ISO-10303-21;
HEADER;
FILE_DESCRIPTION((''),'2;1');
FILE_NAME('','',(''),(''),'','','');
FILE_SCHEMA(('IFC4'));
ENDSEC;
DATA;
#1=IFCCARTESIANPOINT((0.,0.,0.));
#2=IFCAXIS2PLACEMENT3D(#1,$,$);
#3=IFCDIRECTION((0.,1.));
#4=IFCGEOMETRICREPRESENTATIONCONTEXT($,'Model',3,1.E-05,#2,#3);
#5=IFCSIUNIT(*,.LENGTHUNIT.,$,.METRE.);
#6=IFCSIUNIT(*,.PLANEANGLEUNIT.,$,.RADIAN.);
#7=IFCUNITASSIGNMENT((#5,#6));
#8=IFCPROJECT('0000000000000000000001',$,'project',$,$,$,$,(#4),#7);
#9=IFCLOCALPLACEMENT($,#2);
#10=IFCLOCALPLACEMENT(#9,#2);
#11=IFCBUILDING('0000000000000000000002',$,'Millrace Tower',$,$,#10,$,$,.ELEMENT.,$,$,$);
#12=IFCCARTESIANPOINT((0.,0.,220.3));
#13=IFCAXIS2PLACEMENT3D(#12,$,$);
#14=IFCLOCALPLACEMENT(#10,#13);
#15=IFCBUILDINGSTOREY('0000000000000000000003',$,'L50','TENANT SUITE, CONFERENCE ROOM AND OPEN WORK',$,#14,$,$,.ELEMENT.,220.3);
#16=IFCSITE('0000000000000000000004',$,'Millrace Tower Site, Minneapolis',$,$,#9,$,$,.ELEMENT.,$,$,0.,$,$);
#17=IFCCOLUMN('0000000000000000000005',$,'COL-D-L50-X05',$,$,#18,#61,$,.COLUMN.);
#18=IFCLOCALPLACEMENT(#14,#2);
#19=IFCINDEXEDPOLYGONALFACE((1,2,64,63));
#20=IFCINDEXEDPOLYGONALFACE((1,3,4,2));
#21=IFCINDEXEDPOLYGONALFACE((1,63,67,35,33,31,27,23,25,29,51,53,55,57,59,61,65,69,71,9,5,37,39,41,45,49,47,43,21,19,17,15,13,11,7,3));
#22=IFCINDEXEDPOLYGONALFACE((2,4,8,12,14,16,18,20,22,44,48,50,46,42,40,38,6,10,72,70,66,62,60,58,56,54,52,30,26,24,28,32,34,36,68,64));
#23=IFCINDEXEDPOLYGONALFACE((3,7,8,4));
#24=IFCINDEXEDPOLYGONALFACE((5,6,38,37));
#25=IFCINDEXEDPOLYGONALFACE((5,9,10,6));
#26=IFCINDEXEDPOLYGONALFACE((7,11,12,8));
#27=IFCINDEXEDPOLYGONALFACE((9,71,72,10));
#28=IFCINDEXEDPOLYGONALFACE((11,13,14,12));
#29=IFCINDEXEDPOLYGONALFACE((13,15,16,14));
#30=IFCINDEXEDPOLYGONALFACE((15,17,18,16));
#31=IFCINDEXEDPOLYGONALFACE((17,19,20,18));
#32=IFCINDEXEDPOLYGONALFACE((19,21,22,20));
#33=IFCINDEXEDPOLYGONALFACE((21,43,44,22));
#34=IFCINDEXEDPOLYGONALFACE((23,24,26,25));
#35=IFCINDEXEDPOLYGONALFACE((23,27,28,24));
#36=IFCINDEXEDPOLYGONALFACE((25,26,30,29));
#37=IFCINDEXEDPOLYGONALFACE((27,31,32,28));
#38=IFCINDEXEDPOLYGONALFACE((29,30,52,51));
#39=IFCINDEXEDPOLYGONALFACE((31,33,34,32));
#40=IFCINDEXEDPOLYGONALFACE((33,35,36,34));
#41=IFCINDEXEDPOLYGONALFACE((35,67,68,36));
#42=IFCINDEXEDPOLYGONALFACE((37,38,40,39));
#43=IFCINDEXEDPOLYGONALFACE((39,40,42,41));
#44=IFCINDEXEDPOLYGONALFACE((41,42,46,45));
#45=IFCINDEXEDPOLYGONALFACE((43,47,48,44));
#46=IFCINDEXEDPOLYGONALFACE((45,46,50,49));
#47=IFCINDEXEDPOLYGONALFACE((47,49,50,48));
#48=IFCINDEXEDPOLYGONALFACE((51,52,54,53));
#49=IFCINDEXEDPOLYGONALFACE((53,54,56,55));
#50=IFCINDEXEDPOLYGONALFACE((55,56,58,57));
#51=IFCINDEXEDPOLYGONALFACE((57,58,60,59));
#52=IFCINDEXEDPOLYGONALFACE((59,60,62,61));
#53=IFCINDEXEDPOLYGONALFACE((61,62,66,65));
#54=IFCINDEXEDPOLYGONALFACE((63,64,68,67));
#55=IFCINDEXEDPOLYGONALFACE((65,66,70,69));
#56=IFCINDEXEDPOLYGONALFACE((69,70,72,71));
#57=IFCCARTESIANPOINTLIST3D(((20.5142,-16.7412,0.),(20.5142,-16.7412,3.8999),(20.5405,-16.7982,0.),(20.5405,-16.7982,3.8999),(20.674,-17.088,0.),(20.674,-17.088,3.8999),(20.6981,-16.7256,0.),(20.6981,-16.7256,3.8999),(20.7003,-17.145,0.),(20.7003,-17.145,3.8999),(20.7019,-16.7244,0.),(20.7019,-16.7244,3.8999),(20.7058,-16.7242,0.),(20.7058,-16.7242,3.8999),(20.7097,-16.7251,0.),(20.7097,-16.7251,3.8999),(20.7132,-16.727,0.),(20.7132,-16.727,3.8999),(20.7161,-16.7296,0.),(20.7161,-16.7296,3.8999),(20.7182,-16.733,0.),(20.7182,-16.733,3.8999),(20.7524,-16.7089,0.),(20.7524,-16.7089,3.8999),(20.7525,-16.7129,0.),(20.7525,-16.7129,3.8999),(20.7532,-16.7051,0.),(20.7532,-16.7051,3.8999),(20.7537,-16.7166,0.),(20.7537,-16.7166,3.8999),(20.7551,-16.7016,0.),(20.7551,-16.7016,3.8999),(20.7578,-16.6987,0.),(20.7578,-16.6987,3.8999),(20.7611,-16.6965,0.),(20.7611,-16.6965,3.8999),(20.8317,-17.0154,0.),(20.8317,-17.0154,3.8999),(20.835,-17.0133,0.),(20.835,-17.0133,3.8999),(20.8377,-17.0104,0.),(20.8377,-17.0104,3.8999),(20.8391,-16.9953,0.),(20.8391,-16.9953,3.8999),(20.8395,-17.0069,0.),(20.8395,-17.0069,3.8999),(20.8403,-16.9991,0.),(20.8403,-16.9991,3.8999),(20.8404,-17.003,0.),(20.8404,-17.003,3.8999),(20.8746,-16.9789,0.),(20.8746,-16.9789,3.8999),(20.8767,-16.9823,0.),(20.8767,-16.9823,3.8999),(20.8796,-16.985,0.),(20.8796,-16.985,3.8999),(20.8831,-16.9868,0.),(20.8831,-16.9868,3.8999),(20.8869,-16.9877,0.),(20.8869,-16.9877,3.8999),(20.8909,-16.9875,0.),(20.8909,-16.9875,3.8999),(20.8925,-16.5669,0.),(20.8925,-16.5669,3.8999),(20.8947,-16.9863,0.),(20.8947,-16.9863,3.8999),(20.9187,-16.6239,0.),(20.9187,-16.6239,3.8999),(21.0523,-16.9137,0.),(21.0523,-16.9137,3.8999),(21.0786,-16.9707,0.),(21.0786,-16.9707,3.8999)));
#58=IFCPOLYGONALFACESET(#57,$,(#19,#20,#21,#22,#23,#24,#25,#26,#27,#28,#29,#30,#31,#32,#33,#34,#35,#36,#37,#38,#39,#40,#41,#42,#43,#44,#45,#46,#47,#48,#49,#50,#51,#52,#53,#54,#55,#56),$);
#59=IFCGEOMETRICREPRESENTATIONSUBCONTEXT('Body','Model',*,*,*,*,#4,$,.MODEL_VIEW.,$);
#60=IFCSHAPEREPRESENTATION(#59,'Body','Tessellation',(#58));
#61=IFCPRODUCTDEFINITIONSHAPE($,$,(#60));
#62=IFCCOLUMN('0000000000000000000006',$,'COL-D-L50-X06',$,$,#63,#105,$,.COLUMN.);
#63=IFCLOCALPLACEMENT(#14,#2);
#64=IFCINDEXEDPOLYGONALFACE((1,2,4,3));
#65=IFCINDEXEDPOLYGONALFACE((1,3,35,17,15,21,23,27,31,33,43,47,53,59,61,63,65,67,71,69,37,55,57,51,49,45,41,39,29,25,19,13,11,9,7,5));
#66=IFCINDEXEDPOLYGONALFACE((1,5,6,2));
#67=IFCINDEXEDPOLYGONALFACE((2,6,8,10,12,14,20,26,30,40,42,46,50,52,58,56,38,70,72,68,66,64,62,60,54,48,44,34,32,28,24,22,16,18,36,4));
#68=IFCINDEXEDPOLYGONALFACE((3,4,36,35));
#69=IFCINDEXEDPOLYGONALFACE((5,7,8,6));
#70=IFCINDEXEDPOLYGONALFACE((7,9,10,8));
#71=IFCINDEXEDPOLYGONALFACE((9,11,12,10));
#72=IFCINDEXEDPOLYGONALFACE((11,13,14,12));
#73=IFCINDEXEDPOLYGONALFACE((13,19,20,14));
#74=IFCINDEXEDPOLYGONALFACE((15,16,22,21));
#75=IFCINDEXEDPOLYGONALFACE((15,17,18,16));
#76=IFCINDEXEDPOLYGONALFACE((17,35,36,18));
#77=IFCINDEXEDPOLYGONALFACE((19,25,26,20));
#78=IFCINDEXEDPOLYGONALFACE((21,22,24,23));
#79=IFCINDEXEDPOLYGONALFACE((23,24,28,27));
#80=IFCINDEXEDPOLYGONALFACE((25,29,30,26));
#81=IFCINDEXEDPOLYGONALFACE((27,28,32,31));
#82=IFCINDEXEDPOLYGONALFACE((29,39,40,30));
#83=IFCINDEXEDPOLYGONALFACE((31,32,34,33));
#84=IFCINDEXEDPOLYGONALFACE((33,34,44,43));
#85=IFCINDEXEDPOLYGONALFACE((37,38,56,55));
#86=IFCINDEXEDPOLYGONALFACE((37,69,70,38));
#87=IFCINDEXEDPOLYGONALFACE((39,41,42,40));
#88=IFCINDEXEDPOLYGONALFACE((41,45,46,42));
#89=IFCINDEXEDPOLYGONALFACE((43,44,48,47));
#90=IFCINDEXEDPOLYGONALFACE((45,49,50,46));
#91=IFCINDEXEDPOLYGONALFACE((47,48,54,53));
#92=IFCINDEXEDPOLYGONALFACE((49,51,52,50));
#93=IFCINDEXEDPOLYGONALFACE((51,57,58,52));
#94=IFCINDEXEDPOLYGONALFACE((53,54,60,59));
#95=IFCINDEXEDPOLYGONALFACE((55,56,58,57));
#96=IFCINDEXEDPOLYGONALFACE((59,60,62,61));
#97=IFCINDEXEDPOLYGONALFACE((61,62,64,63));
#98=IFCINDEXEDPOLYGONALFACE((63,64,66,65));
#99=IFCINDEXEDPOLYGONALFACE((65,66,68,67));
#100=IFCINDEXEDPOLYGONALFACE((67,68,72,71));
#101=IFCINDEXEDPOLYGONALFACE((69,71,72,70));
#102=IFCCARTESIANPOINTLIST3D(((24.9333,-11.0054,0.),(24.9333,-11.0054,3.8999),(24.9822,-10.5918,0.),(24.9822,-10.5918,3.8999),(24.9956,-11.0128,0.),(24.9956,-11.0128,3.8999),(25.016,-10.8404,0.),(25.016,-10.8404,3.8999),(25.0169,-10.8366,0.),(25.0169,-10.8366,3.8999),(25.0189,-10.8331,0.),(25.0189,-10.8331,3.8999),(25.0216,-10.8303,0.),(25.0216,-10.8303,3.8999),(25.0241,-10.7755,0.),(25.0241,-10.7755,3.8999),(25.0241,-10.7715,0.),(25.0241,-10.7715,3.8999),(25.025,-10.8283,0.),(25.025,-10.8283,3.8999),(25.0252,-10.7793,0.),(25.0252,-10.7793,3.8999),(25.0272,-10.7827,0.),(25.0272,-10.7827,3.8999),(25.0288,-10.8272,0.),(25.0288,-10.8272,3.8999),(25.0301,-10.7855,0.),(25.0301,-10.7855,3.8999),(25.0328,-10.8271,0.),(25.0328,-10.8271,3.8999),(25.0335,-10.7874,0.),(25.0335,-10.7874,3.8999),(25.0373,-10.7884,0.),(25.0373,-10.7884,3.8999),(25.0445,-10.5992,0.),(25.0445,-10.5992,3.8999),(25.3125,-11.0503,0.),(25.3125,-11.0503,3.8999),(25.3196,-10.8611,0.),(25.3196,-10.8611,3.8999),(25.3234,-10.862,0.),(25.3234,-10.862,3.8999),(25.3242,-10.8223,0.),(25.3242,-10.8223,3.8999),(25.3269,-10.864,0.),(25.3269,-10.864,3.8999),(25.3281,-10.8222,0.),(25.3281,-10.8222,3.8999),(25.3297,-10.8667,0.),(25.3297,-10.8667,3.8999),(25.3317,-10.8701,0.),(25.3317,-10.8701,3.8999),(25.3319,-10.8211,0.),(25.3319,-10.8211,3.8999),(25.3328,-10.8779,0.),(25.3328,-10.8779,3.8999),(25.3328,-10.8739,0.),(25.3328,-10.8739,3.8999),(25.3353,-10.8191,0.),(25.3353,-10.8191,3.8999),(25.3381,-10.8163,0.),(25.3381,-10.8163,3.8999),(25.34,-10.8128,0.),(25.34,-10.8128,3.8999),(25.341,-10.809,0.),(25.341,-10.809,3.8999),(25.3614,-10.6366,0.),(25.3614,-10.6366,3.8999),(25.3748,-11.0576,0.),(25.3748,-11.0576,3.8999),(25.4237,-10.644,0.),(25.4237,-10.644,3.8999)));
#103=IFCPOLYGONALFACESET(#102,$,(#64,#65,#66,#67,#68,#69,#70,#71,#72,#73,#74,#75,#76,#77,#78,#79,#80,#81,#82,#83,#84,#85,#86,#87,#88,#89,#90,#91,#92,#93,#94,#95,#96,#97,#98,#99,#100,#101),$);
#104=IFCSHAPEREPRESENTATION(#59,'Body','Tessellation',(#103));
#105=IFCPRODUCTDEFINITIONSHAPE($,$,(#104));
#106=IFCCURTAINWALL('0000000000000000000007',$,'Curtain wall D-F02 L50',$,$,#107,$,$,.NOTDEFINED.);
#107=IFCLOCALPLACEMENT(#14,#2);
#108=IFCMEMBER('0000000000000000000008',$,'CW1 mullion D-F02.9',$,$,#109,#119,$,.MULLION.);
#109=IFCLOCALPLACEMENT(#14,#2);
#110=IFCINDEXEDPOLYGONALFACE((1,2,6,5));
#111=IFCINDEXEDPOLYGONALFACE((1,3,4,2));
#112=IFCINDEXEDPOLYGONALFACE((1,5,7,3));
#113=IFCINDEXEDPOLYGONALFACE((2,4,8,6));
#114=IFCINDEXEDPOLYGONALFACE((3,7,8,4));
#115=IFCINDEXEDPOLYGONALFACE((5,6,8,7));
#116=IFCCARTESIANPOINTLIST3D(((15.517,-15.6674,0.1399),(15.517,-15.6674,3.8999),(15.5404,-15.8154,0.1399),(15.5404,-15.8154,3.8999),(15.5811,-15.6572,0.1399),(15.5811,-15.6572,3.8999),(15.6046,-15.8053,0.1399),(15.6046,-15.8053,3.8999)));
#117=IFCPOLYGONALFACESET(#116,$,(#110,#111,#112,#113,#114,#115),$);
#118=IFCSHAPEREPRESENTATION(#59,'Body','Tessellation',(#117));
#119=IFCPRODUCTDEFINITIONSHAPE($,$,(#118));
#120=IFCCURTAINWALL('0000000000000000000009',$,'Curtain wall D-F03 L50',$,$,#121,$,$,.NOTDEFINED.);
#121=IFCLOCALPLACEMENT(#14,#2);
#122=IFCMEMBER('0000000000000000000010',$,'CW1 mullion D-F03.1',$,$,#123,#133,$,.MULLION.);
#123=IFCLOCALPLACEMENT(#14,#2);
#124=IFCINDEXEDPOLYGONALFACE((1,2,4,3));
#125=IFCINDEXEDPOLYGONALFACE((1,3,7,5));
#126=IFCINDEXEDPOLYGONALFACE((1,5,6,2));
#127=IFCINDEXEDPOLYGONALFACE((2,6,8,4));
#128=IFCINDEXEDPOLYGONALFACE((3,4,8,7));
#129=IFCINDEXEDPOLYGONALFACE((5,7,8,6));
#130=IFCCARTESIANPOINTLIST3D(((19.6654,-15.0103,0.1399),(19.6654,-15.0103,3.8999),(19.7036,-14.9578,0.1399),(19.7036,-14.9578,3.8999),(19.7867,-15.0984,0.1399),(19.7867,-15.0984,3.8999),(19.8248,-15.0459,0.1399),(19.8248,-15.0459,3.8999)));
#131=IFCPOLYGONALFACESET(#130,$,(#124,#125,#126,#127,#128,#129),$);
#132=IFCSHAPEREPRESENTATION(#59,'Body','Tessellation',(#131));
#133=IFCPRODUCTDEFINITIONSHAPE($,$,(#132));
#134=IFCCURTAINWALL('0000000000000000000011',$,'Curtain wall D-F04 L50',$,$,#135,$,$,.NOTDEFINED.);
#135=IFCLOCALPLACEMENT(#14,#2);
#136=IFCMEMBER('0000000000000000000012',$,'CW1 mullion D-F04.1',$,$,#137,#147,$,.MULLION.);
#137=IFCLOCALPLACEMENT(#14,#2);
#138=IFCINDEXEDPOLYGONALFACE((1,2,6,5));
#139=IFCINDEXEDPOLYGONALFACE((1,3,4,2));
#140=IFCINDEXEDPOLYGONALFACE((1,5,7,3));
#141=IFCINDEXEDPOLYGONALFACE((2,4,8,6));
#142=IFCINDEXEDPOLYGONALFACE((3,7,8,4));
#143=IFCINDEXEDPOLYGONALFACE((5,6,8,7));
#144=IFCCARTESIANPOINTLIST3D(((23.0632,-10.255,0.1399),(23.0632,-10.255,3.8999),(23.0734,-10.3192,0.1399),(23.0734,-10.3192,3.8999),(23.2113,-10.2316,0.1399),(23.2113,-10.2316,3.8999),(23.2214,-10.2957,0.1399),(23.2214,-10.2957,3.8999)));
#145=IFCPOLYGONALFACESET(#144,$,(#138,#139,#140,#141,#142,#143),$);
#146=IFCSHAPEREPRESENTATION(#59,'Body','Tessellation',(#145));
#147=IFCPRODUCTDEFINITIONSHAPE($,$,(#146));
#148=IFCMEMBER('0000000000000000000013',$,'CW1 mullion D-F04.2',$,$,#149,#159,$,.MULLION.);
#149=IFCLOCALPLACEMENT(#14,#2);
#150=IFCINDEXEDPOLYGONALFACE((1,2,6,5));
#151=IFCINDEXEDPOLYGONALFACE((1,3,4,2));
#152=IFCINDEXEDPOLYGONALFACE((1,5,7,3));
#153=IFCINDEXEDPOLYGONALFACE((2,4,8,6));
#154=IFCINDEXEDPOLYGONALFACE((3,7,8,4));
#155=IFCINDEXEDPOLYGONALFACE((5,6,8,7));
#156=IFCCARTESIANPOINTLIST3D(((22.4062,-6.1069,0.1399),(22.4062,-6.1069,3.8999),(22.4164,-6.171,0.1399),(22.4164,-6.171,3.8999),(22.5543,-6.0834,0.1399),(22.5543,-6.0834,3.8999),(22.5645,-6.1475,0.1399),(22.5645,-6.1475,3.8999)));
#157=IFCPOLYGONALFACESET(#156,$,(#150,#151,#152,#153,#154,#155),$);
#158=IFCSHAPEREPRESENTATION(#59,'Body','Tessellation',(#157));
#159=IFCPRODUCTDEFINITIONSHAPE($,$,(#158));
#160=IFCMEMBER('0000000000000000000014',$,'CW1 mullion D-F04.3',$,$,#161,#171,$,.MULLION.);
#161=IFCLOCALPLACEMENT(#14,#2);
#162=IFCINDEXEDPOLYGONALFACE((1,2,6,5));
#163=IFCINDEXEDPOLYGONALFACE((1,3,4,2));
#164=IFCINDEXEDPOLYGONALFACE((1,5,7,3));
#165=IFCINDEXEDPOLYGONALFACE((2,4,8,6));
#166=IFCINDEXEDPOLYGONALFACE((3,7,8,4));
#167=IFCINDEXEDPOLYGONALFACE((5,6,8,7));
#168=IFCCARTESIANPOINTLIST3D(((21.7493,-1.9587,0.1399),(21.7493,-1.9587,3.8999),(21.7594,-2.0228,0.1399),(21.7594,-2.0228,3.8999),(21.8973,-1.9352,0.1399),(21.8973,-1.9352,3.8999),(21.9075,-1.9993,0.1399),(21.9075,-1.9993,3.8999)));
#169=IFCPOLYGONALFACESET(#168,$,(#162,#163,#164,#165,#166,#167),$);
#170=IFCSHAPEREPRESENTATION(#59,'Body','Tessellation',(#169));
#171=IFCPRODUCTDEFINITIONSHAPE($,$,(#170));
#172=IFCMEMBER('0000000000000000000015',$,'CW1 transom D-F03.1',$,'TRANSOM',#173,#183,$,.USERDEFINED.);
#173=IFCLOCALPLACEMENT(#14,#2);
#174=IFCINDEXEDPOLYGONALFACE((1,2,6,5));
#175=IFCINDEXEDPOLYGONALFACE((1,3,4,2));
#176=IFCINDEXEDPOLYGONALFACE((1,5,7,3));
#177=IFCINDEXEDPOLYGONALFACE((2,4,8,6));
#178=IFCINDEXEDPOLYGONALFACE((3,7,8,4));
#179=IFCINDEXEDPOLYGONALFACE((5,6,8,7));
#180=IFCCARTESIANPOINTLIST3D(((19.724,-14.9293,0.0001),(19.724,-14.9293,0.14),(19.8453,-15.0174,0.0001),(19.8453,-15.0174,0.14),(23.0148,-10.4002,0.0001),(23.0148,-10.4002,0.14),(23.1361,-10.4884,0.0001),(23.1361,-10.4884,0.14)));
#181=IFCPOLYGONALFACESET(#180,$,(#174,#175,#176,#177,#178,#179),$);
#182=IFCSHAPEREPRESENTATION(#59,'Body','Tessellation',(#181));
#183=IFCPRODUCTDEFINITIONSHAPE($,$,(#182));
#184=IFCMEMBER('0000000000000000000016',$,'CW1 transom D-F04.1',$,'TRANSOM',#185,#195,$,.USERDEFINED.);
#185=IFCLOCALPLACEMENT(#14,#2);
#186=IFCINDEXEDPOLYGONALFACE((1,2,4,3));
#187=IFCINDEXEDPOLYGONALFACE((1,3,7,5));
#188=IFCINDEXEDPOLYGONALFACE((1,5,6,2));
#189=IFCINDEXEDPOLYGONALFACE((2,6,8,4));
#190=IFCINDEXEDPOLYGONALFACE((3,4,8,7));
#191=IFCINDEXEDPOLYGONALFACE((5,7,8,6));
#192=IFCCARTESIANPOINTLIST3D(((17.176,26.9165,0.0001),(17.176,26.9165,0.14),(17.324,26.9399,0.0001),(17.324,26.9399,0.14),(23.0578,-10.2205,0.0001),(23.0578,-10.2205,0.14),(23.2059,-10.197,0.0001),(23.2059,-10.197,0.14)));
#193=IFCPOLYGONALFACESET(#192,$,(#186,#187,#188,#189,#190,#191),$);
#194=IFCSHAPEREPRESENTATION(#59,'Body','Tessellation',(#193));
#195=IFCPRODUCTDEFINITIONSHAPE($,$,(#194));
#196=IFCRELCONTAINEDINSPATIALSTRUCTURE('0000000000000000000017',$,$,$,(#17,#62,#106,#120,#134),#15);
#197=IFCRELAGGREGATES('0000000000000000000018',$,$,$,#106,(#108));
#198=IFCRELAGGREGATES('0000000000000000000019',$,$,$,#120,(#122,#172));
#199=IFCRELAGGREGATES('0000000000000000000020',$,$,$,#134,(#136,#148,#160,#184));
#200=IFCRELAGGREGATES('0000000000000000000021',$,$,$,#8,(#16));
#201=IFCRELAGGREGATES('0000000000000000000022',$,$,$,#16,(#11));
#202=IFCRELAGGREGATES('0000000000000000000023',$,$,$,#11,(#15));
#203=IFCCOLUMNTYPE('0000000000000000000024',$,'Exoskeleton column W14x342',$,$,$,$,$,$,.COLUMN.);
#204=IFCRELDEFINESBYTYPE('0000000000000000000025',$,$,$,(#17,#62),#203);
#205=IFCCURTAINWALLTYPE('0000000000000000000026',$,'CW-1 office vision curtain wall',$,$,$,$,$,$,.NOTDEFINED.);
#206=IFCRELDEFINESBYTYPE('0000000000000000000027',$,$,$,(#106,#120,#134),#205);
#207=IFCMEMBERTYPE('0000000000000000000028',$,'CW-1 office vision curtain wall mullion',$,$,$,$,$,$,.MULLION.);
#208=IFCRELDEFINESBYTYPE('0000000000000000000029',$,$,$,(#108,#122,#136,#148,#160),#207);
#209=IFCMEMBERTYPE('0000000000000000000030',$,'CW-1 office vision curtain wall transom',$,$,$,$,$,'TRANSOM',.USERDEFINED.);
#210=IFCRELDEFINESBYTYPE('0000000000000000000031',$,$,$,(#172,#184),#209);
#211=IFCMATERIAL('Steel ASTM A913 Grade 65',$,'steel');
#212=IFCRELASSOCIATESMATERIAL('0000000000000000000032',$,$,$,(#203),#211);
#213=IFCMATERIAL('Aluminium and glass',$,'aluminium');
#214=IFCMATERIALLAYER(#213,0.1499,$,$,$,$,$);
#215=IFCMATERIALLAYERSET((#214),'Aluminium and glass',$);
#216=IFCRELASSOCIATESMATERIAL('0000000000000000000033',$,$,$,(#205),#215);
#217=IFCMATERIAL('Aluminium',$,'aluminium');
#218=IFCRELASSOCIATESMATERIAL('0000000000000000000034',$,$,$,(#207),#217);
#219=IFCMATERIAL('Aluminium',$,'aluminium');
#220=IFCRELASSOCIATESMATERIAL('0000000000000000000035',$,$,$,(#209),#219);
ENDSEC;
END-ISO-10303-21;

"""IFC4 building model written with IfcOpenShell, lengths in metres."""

from ifc_helpers import new_model, si_unit, direction, frame, origin, origin_2d, place, context, subcontext, project, spatial, rectangle, i_section, extrude, material, layer, layer_set, material_profile, profile_set, type_object, element, aggregate, save


model = new_model("IFC4")

# Units and contexts
model_context = context("Model", 3, precision=1e-05, world=origin(), true_north=direction((0.0, 1.0)))
body_context = subcontext(model_context, "Body", "Model", "MODEL_VIEW")
ifc_project = project(units=[si_unit("LENGTHUNIT", "METRE"), si_unit("PLANEANGLEUNIT", "RADIAN")], contexts=[model_context])

# Site, building, storey
site_placement = place(None, origin())
site = spatial("IfcSite", under=ifc_project, at=site_placement, Name="Millrace Tower Site, Minneapolis", CompositionType="ELEMENT", RefElevation=0.0)
building_placement = place(site_placement, origin())
building = spatial("IfcBuilding", under=site, at=building_placement, Name="Millrace Tower", CompositionType="ELEMENT")
storey_placement = place(building_placement, frame((0.0, 0.0, 220.3)))
storey = spatial("IfcBuildingStorey", under=building, at=storey_placement, Name="L50", Description="TENANT SUITE, CONFERENCE ROOM AND OPEN WORK", CompositionType="ELEMENT", Elevation=220.3)

# Columns
ifc_material_1 = material(Name="Steel ASTM A913 Grade 65", Category="steel")
ifc_material_profile_1 = material_profile(ifc_material_1, i_section(OverallWidth=0.4165, OverallDepth=0.4446, WebThickness=0.0391, FlangeThickness=0.0627, FilletRadius=0.0151, at=origin_2d()))
ifc_profile_set_1 = profile_set([ifc_material_profile_1], Name="Steel ASTM A913 Grade 65")
column_type = type_object("IfcColumnType", Name="Exoskeleton column W14x342", PredefinedType="COLUMN", material=ifc_profile_set_1)
for number, where, z_axis, x_axis, name in (
    (1, (20.7964, -16.856, 0.0), (0.0, 0.0, 1.0), (0.908192, 0.418553, 0.0), "COL-D-L50-X05"),
    (2, (25.1785, -10.8247, 0.0), (0.0, 0.0, 1.0), (0.117421, 0.993082, 0.0), "COL-D-L50-X06"),
):
    element("IfcColumn", number, at=place(storey_placement, frame(where, z_axis=z_axis, x_axis=x_axis)), inside=storey, type_object=column_type, Name=name, PredefinedType="COLUMN", context=body_context, shape_type="SweptSolid", body=[
        extrude(i_section(OverallWidth=0.4165, OverallDepth=0.4446, WebThickness=0.0391, FlangeThickness=0.0627, FilletRadius=0.0151, at=origin_2d()), origin(), (0.0, 0.0, 1.0), 3.8999),
    ])

# Curtain walls, members
ifc_material_2 = material(Name="Aluminium and glass", Category="aluminium")
ifc_layer_1 = layer(ifc_material_2, 0.1499)
ifc_layer_set_1 = layer_set([ifc_layer_1], Name="Aluminium and glass")
curtain_wall_type = type_object("IfcCurtainWallType", Name="CW-1 office vision curtain wall", PredefinedType="NOTDEFINED", material=ifc_layer_set_1)
placement = place(storey_placement, origin())
curtain_wall_1 = element("IfcCurtainWall", 3, at=placement, inside=storey, type_object=curtain_wall_type, Name="Curtain wall D-F02 L50", PredefinedType="NOTDEFINED")
ifc_material_3 = material(Name="Aluminium", Category="aluminium")
ifc_material_profile_2 = material_profile(ifc_material_3, rectangle(XDim=0.0649, YDim=0.1499, at=origin_2d()))
ifc_profile_set_2 = profile_set([ifc_material_profile_2], Name="Aluminium")
member_type_1 = type_object("IfcMemberType", Name="CW-1 office vision curtain wall mullion", PredefinedType="MULLION", material=ifc_profile_set_2)
member_1_placement = place(storey_placement, frame((15.5608, -15.7363, 0.1399), z_axis=(0.0, 0.0, 1.0), x_axis=(0.987688, 0.156434, 0.0)))
member_1 = element("IfcMember", 4, at=member_1_placement, type_object=member_type_1, Name="CW1 mullion D-F02.9", PredefinedType="MULLION", context=body_context, shape_type="SweptSolid", body=[
    extrude(rectangle(XDim=0.0649, YDim=0.1499, at=origin_2d()), origin(), (0.0, 0.0, 1.0), 3.76),
])
aggregate(curtain_wall_1, [member_1])
curtain_wall_2 = element("IfcCurtainWall", 5, at=placement, inside=storey, type_object=curtain_wall_type, Name="Curtain wall D-F03 L50", PredefinedType="NOTDEFINED")
member_2_placement = place(storey_placement, frame((19.7451, -15.0281, 0.1399), z_axis=(0.0, 0.0, 1.0), x_axis=(0.587785, 0.809017, 0.0)))
member_2 = element("IfcMember", 6, at=member_2_placement, type_object=member_type_1, Name="CW1 mullion D-F03.1", PredefinedType="MULLION", context=body_context, shape_type="SweptSolid", body=[
    extrude(rectangle(XDim=0.0649, YDim=0.1499, at=origin_2d()), origin(), (0.0, 0.0, 1.0), 3.76),
])

# Curtain wall, members
curtain_wall_3 = element("IfcCurtainWall", 7, at=placement, inside=storey, type_object=curtain_wall_type, Name="Curtain wall D-F04 L50", PredefinedType="NOTDEFINED")
member_3_placement = place(storey_placement, frame((23.1423, -10.2754, 0.1399), z_axis=(0.0, 0.0, 1.0), x_axis=(-0.156434, 0.987688, 0.0)))
member_3 = element("IfcMember", 8, at=member_3_placement, type_object=member_type_1, Name="CW1 mullion D-F04.1", PredefinedType="MULLION", context=body_context, shape_type="SweptSolid", body=[
    extrude(rectangle(XDim=0.0649, YDim=0.1499, at=origin_2d()), origin(), (0.0, 0.0, 1.0), 3.76),
])
member_4_placement = place(storey_placement, frame((22.4854, -6.1272, 0.1399), z_axis=(0.0, 0.0, 1.0), x_axis=(-0.156434, 0.987688, 0.0)))
member_4 = element("IfcMember", 9, at=member_4_placement, type_object=member_type_1, Name="CW1 mullion D-F04.2", PredefinedType="MULLION", context=body_context, shape_type="SweptSolid", body=[
    extrude(rectangle(XDim=0.0649, YDim=0.1499, at=origin_2d()), origin(), (0.0, 0.0, 1.0), 3.76),
])
member_5_placement = place(storey_placement, frame((21.8284, -1.979, 0.1399), z_axis=(0.0, 0.0, 1.0), x_axis=(-0.156434, 0.987688, 0.0)))
member_5 = element("IfcMember", 10, at=member_5_placement, type_object=member_type_1, Name="CW1 mullion D-F04.3", PredefinedType="MULLION", context=body_context, shape_type="SweptSolid", body=[
    extrude(rectangle(XDim=0.0649, YDim=0.1499, at=origin_2d()), origin(), (0.0, 0.0, 1.0), 3.76),
])

# Members
ifc_material_4 = material(Name="Aluminium", Category="aluminium")
ifc_material_profile_3 = material_profile(ifc_material_4, rectangle(XDim=0.1499, YDim=0.1399, at=origin_2d()))
ifc_profile_set_3 = profile_set([ifc_material_profile_3], Name="Aluminium")
member_type_2 = type_object("IfcMemberType", Name="CW-1 office vision curtain wall transom", ElementType="TRANSOM", PredefinedType="USERDEFINED", material=ifc_profile_set_3)
member_6_placement = place(storey_placement, frame((19.7847, -14.9734, 0.0701), z_axis=(0.587811, 0.808998, 0.0), x_axis=(-0.808998, 0.587811, 0.0)))
member_6 = element("IfcMember", 11, at=member_6_placement, type_object=member_type_2, Name="CW1 transom D-F03.1", ObjectType="TRANSOM", PredefinedType="USERDEFINED", context=body_context, shape_type="SweptSolid", body=[
    extrude(rectangle(XDim=0.1499, YDim=0.1399, at=origin_2d()), origin(), (0.0, 0.0, 1.0), 5.5984),
])
aggregate(curtain_wall_2, [member_2, member_6])
member_7_placement = place(storey_placement, frame((23.1318, -10.2087, 0.0701), z_axis=(-0.156432, 0.987689, 0.0), x_axis=(-0.987689, -0.156432, 0.0)))
member_7 = element("IfcMember", 12, at=member_7_placement, type_object=member_type_2, Name="CW1 transom D-F04.1", ObjectType="TRANSOM", PredefinedType="USERDEFINED", context=body_context, shape_type="SweptSolid", body=[
    extrude(rectangle(XDim=0.1499, YDim=0.1399, at=origin_2d()), origin(), (0.0, 0.0, 1.0), 37.5999),
])
aggregate(curtain_wall_3, [member_3, member_4, member_5, member_7])

save(model, "model.ifc")
